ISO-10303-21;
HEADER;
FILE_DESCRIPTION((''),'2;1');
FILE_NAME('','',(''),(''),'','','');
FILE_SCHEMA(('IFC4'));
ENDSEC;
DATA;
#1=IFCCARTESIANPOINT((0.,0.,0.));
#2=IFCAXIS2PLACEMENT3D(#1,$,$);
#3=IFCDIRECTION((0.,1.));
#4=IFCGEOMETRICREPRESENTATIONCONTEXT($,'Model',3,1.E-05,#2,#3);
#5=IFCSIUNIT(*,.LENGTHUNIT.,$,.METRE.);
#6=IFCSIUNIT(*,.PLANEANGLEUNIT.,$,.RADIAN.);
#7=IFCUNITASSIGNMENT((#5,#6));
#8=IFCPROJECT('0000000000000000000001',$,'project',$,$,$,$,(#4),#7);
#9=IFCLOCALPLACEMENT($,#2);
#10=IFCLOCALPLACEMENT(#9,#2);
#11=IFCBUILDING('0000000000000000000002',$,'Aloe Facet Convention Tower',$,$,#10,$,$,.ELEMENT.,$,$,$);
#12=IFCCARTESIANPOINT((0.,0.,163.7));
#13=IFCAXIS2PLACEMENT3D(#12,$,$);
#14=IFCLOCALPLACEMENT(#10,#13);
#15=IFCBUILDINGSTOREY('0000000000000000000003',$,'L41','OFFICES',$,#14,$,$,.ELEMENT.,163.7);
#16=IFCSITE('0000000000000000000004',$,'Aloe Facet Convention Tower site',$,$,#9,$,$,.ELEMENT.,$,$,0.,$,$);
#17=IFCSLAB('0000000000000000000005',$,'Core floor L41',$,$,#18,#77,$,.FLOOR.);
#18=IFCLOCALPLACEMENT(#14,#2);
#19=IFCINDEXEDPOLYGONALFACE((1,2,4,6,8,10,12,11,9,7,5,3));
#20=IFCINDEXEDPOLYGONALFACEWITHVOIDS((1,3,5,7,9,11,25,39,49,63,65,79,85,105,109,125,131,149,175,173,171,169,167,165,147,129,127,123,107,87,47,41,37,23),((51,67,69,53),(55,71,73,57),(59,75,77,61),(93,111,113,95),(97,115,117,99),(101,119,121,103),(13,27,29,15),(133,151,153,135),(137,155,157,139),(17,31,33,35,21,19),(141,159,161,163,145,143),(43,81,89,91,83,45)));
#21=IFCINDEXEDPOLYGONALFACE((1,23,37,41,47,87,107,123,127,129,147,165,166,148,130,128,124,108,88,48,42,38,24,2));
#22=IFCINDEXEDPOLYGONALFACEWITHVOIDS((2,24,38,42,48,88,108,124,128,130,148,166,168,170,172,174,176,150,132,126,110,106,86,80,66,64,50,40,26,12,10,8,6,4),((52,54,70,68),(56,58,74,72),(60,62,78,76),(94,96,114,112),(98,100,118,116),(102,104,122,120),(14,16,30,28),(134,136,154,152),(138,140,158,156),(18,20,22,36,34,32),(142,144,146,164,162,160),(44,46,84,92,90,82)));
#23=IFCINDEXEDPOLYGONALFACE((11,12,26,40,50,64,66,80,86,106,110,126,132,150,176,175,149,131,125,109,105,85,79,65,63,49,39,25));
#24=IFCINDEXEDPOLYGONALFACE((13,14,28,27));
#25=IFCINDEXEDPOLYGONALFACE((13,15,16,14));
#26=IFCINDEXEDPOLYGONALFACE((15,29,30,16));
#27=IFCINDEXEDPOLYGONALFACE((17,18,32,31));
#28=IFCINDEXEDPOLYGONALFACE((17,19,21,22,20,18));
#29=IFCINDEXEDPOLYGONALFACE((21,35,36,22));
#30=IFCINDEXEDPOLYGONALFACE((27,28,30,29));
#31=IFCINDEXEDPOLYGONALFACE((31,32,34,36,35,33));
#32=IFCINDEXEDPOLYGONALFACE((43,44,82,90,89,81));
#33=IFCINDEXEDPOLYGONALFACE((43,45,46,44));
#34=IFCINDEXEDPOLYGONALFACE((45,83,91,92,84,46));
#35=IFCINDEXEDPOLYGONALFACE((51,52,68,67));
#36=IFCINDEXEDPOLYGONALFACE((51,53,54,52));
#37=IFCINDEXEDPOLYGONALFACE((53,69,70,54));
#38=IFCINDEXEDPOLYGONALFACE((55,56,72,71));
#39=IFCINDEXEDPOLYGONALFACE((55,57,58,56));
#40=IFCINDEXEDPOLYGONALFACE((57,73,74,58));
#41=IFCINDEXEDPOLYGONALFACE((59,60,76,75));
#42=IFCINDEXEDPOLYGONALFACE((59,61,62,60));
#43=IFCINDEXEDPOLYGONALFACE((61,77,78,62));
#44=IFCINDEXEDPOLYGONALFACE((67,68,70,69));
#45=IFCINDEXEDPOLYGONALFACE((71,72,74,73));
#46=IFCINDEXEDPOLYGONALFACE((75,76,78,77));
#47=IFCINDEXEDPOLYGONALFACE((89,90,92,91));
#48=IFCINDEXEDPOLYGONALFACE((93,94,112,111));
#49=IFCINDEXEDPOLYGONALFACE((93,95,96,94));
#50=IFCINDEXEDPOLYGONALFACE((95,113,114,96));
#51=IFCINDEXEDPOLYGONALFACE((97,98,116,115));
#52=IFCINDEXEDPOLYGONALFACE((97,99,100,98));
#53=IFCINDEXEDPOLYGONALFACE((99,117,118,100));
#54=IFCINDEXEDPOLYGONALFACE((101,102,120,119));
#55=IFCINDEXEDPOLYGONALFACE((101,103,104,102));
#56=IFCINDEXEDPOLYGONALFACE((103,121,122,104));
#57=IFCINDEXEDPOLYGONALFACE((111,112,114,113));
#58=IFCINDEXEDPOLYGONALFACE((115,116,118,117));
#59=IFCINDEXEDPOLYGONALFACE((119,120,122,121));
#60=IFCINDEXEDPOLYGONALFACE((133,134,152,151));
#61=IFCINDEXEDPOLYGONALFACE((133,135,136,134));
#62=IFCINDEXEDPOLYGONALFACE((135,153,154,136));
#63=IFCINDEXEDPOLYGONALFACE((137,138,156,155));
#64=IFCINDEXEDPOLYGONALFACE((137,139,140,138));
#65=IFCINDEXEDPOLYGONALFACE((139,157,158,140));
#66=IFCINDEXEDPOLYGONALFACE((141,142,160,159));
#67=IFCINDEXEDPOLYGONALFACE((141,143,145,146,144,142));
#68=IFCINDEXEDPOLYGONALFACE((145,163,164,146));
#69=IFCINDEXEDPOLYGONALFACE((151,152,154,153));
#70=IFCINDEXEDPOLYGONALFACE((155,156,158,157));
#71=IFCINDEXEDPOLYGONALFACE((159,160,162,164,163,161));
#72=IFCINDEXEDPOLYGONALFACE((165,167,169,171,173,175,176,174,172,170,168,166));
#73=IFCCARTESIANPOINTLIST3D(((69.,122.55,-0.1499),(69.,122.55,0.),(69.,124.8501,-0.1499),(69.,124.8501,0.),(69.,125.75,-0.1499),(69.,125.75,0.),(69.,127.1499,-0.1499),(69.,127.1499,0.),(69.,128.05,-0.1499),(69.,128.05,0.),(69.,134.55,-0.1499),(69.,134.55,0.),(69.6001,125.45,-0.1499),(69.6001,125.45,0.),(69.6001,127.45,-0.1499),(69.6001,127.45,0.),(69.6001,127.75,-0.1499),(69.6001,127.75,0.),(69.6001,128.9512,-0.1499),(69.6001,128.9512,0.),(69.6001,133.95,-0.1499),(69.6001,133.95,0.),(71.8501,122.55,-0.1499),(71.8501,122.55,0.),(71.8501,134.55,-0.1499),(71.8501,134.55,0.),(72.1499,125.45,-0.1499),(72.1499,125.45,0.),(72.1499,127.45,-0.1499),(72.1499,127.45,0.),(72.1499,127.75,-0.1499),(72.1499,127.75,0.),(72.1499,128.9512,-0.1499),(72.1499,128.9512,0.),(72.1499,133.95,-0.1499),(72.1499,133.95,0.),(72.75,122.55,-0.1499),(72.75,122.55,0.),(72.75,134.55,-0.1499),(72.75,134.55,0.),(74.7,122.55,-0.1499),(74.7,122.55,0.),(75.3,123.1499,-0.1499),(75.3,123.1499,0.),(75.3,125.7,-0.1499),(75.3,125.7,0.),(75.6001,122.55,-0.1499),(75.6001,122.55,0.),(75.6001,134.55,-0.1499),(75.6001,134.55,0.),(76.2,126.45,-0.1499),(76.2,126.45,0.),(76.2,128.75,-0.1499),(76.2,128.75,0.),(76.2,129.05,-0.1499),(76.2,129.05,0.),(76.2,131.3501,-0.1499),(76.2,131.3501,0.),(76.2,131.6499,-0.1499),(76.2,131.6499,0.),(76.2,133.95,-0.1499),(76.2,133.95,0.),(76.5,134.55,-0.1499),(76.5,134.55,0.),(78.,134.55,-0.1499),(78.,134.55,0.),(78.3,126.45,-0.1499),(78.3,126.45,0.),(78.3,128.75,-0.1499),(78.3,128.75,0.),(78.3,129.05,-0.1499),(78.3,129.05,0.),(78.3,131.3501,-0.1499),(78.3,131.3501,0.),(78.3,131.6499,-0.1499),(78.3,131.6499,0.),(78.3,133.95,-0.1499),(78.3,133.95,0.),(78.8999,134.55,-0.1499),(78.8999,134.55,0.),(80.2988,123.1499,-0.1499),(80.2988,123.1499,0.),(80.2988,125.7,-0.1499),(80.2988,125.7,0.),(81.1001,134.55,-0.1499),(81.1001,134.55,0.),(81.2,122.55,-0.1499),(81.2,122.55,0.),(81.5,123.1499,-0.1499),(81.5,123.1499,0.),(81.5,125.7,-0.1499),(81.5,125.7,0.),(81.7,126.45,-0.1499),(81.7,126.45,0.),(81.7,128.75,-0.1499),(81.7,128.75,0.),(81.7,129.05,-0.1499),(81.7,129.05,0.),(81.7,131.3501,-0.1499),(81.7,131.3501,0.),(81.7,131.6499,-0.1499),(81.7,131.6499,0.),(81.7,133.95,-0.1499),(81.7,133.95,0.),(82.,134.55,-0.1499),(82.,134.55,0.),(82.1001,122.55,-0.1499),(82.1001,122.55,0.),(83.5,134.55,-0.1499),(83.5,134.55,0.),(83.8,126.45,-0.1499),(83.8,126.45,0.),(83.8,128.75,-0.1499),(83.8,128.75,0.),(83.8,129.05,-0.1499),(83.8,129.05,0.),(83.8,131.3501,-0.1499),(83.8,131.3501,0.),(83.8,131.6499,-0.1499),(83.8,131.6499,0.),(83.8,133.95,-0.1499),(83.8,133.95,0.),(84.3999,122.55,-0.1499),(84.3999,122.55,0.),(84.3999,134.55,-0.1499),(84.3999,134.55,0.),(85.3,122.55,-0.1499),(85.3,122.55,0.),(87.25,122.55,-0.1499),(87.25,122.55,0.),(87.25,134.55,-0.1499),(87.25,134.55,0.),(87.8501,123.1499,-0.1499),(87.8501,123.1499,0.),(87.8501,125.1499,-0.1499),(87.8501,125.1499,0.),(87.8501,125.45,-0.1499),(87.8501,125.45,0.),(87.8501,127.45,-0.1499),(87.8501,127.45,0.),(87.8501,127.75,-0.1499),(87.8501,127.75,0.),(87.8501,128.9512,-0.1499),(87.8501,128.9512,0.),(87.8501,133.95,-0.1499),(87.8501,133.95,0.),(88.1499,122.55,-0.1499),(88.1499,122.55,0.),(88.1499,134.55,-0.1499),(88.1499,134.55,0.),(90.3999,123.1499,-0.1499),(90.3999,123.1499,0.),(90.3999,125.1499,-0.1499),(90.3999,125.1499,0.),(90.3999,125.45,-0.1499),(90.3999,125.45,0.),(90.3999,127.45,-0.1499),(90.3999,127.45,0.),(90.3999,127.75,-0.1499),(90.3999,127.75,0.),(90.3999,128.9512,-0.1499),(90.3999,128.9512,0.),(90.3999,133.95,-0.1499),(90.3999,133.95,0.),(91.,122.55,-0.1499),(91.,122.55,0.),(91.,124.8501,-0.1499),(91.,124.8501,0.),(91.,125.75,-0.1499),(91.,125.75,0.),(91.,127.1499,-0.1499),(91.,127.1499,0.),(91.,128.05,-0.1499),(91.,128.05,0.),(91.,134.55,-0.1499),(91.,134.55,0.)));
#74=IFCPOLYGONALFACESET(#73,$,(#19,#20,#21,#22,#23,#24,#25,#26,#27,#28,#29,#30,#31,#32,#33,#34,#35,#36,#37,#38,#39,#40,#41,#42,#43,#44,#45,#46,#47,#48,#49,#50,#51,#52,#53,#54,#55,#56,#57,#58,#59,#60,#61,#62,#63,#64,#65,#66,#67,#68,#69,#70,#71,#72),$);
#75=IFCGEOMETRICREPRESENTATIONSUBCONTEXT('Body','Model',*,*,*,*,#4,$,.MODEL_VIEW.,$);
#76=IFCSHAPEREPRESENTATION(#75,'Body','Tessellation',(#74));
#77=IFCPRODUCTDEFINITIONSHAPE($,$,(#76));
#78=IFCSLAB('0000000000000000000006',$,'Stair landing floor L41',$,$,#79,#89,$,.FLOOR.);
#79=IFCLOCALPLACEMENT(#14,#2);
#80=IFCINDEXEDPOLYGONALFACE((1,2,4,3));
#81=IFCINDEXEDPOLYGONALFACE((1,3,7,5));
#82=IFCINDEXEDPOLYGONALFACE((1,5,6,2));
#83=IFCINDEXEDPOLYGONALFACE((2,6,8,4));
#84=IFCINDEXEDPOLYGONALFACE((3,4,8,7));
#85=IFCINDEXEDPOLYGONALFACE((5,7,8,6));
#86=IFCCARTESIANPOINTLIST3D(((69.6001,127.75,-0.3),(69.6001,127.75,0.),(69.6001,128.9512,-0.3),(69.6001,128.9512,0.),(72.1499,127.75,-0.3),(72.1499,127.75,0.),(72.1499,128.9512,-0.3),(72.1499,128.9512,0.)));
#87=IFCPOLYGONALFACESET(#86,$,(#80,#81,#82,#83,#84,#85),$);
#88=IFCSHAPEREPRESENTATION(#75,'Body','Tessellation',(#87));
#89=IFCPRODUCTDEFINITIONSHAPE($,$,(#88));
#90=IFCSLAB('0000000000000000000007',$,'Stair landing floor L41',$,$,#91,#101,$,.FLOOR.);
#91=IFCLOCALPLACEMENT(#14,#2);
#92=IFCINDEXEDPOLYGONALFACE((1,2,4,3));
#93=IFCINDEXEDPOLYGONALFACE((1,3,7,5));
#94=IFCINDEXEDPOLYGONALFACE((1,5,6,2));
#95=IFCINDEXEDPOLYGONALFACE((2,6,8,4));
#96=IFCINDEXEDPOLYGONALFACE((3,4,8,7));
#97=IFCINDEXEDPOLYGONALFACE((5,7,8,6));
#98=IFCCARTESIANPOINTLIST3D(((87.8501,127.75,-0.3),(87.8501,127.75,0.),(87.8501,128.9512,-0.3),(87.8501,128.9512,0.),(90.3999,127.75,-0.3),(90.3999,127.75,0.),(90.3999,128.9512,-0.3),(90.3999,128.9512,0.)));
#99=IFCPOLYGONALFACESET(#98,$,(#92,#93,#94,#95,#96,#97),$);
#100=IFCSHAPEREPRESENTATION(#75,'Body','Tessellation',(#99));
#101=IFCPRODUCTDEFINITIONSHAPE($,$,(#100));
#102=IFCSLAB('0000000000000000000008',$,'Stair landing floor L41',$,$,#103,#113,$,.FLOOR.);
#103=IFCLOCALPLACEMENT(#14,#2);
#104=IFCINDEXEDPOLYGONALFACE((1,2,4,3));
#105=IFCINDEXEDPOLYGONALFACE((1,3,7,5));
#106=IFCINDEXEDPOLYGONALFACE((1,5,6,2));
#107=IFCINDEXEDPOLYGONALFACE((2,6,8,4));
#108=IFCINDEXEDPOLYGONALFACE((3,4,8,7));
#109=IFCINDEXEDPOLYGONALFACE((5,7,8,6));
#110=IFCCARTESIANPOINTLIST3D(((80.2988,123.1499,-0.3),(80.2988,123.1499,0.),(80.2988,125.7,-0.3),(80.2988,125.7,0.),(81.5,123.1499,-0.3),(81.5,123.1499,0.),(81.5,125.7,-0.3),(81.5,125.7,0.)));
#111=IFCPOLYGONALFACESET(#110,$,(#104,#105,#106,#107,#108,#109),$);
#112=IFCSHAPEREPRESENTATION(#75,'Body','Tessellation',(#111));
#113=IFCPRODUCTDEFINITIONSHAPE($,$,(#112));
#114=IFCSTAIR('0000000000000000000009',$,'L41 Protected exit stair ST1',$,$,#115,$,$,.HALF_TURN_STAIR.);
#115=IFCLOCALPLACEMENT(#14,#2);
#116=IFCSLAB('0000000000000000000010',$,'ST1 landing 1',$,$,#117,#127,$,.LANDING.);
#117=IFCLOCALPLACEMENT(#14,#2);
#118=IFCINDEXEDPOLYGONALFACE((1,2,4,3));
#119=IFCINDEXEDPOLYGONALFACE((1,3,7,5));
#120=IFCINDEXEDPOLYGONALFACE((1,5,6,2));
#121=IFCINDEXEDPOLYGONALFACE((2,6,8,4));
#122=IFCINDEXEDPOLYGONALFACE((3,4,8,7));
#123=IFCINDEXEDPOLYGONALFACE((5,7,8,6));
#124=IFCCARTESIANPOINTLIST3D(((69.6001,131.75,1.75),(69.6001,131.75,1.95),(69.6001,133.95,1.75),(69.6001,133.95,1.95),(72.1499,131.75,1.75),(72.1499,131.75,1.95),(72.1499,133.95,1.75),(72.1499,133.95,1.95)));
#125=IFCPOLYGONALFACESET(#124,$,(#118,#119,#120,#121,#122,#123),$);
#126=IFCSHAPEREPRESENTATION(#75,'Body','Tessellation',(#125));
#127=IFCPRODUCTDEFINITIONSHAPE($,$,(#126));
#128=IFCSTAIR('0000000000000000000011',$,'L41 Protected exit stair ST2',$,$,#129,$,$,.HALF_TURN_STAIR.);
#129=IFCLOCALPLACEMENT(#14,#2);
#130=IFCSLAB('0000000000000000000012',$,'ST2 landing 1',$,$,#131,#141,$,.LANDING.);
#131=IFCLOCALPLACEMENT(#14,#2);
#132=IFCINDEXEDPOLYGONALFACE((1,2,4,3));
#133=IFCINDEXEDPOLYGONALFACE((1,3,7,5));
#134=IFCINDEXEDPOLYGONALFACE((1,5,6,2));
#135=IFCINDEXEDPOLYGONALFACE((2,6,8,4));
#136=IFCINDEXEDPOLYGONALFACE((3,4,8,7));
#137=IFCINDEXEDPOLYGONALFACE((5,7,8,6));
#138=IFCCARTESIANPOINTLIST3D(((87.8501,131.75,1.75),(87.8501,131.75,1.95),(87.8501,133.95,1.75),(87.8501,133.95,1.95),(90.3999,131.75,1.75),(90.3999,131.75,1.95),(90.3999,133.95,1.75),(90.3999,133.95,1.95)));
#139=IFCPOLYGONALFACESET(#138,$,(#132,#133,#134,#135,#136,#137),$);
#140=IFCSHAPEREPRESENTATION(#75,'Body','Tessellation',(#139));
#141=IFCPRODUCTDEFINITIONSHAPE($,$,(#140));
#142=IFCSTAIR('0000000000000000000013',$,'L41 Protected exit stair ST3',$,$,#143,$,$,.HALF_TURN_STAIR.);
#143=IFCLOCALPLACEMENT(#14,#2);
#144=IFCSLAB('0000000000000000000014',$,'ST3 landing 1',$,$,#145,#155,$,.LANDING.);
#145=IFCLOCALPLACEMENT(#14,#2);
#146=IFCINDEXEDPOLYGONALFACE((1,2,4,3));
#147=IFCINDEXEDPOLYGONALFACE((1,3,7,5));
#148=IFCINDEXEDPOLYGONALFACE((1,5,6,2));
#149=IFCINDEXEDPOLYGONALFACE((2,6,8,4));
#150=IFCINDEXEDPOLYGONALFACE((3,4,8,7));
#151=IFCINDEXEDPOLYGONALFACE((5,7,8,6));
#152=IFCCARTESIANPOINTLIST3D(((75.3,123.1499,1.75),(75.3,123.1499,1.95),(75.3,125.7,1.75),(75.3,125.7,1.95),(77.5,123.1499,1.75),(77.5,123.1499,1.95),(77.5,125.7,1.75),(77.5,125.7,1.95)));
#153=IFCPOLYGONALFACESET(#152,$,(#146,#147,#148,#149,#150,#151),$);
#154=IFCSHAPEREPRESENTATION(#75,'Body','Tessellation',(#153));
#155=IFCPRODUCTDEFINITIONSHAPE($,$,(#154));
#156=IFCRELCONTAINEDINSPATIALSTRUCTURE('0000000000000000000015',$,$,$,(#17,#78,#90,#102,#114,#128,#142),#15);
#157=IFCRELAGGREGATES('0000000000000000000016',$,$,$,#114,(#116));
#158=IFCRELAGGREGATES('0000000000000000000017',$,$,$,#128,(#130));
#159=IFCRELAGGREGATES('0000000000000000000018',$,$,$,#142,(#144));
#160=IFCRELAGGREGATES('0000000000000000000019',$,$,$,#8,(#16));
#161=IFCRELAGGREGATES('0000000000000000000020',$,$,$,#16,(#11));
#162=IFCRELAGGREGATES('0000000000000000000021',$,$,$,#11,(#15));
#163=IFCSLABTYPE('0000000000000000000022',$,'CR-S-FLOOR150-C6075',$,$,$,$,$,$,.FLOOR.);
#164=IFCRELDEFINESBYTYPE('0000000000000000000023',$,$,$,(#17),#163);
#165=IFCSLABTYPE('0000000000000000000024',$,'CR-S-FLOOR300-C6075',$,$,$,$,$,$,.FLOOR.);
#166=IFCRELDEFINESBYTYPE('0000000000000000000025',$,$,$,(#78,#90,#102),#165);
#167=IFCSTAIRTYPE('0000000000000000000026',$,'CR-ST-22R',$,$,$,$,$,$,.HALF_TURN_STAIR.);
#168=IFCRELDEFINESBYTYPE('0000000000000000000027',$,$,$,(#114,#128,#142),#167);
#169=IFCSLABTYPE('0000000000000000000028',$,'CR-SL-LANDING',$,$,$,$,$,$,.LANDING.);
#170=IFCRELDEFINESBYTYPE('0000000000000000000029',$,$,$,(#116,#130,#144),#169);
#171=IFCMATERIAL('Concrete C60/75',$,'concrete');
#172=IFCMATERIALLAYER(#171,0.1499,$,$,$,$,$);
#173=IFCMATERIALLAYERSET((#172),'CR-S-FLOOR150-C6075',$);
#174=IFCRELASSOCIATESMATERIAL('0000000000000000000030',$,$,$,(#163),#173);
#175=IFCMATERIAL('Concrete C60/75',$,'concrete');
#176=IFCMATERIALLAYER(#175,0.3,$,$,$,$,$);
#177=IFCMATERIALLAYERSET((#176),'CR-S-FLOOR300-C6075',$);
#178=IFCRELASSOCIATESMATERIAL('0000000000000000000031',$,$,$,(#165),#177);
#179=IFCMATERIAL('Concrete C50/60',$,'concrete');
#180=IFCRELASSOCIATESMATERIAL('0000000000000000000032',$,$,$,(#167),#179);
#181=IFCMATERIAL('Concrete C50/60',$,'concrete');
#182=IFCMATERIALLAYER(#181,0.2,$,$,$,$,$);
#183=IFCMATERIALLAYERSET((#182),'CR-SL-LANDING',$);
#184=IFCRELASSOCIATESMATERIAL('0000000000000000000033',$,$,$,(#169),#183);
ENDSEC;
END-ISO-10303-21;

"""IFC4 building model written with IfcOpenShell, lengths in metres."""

from ifc_helpers import new_model, si_unit, direction, frame, origin, place, context, subcontext, project, spatial, polyline, outline, extrude, material, layer, layer_set, type_object, element, aggregate, save


model = new_model("IFC4")

# Units and contexts
model_context = context("Model", 3, precision=1e-05, world=origin(), true_north=direction((0.0, 1.0)))
body_context = subcontext(model_context, "Body", "Model", "MODEL_VIEW")
ifc_project = project(units=[si_unit("LENGTHUNIT", "METRE"), si_unit("PLANEANGLEUNIT", "RADIAN")], contexts=[model_context])

# Site, building, storey
site_placement = place(None, origin())
site = spatial("IfcSite", under=ifc_project, at=site_placement, Name="Aloe Facet Convention Tower site", CompositionType="ELEMENT", RefElevation=0.0)
building_placement = place(site_placement, origin())
building = spatial("IfcBuilding", under=site, at=building_placement, Name="Aloe Facet Convention Tower", CompositionType="ELEMENT")
storey_placement = place(building_placement, frame((0.0, 0.0, 163.7)))
storey = spatial("IfcBuildingStorey", under=building, at=storey_placement, Name="L41", Description="OFFICES", CompositionType="ELEMENT", Elevation=163.7)

# Slabs
ifc_material_1 = material(Name="Concrete C60/75", Category="concrete")
ifc_layer_1 = layer(ifc_material_1, 0.1499)
ifc_layer_set_1 = layer_set([ifc_layer_1], Name="CR-S-FLOOR150-C6075")
slab_type_1 = type_object("IfcSlabType", Name="CR-S-FLOOR150-C6075", PredefinedType="FLOOR", material=ifc_layer_set_1)
slab_1_placement = place(storey_placement, frame((0.0, 0.0, -0.1499)))
element("IfcSlab", 1, at=slab_1_placement, inside=storey, type_object=slab_type_1, Name="Core floor L41", PredefinedType="FLOOR", context=body_context, shape_type="SweptSolid", body=[
    extrude(outline(polyline([(71.8501, 134.55), (72.75, 134.55), (75.6001, 134.55), (76.5, 134.55), (78.0, 134.55), (78.8999, 134.55), (81.1001, 134.55), (82.0, 134.55), (83.5, 134.55), (84.3999, 134.55), (87.25, 134.55), (88.1499, 134.55), (91.0, 134.55), (91.0, 128.05), (91.0, 127.1499), (91.0, 125.75), (91.0, 124.8501), (91.0, 122.55), (88.1499, 122.55), (87.25, 122.55), (85.3, 122.55), (84.3999, 122.55), (82.1001, 122.55), (81.2, 122.55), (75.6001, 122.55), (74.7, 122.55), (72.75, 122.55), (71.8501, 122.55), (69.0, 122.55), (69.0, 124.8501), (69.0, 125.75), (69.0, 127.1499), (69.0, 128.05), (69.0, 134.55), (71.8501, 134.55)]), holes=[polyline([(80.2988, 123.1499), (81.5, 123.1499), (81.5, 125.7), (80.2988, 125.7), (75.3, 125.7), (75.3, 123.1499), (80.2988, 123.1499)]), polyline([(69.6001, 125.45), (72.1499, 125.45), (72.1499, 127.45), (69.6001, 127.45), (69.6001, 125.45)]), polyline([(76.2, 126.45), (78.3, 126.45), (78.3, 128.75), (76.2, 128.75), (76.2, 126.45)]), polyline([(78.3, 129.05), (78.3, 131.3501), (76.2, 131.3501), (76.2, 129.05), (78.3, 129.05)]), polyline([(69.6001, 133.95), (69.6001, 128.9512), (69.6001, 127.75), (72.1499, 127.75), (72.1499, 128.9512), (72.1499, 133.95), (69.6001, 133.95)]), polyline([(76.2, 131.6499), (78.3, 131.6499), (78.3, 133.95), (76.2, 133.95), (76.2, 131.6499)]), polyline([(90.3999, 123.1499), (90.3999, 125.1499), (87.8501, 125.1499), (87.8501, 123.1499), (90.3999, 123.1499)]), polyline([(87.8501, 125.45), (90.3999, 125.45), (90.3999, 127.45), (87.8501, 127.45), (87.8501, 125.45)]), polyline([(81.7, 126.45), (83.8, 126.45), (83.8, 128.75), (81.7, 128.75), (81.7, 126.45)]), polyline([(83.8, 129.05), (83.8, 131.3501), (81.7, 131.3501), (81.7, 129.05), (83.8, 129.05)]), polyline([(87.8501, 133.95), (87.8501, 128.9512), (87.8501, 127.75), (90.3999, 127.75), (90.3999, 128.9512), (90.3999, 133.95), (87.8501, 133.95)]), polyline([(81.7, 131.6499), (83.8, 131.6499), (83.8, 133.95), (81.7, 133.95), (81.7, 131.6499)])]), origin(), (0.0, 0.0, 1.0), 0.1499),
])
ifc_material_2 = material(Name="Concrete C60/75", Category="concrete")
ifc_layer_2 = layer(ifc_material_2, 0.3)
ifc_layer_set_2 = layer_set([ifc_layer_2], Name="CR-S-FLOOR300-C6075")
slab_type_2 = type_object("IfcSlabType", Name="CR-S-FLOOR300-C6075", PredefinedType="FLOOR", material=ifc_layer_set_2)
slab_2_placement = place(storey_placement, frame((0.0, 0.0, -0.3)))
element("IfcSlab", 2, at=slab_2_placement, inside=storey, type_object=slab_type_2, Name="Stair landing floor L41", PredefinedType="FLOOR", context=body_context, shape_type="SweptSolid", body=[
    extrude(outline(polyline([(72.1499, 127.75), (72.1499, 128.9512), (69.6001, 128.9512), (69.6001, 127.75), (72.1499, 127.75)])), origin(), (0.0, 0.0, 1.0), 0.3),
])
slab_3_placement = place(storey_placement, frame((0.0, 0.0, -0.3)))
element("IfcSlab", 3, at=slab_3_placement, inside=storey, type_object=slab_type_2, Name="Stair landing floor L41", PredefinedType="FLOOR", context=body_context, shape_type="SweptSolid", body=[
    extrude(outline(polyline([(90.3999, 127.75), (90.3999, 128.9512), (87.8501, 128.9512), (87.8501, 127.75), (90.3999, 127.75)])), origin(), (0.0, 0.0, 1.0), 0.3),
])
slab_4_placement = place(storey_placement, frame((0.0, 0.0, -0.3)))
element("IfcSlab", 4, at=slab_4_placement, inside=storey, type_object=slab_type_2, Name="Stair landing floor L41", PredefinedType="FLOOR", context=body_context, shape_type="SweptSolid", body=[
    extrude(outline(polyline([(81.5, 125.7), (80.2988, 125.7), (80.2988, 123.1499), (81.5, 123.1499), (81.5, 125.7)])), origin(), (0.0, 0.0, 1.0), 0.3),
])

# Stairs, slabs
ifc_material_3 = material(Name="Concrete C50/60", Category="concrete")
stair_type = type_object("IfcStairType", Name="CR-ST-22R", PredefinedType="HALF_TURN_STAIR", material=ifc_material_3)
stair_1_placement = place(storey_placement, origin())
stair_1 = element("IfcStair", 5, at=stair_1_placement, inside=storey, type_object=stair_type, Name="L41 Protected exit stair ST1", PredefinedType="HALF_TURN_STAIR")
ifc_material_4 = material(Name="Concrete C50/60", Category="concrete")
ifc_layer_3 = layer(ifc_material_4, 0.2)
ifc_layer_set_3 = layer_set([ifc_layer_3], Name="CR-SL-LANDING")
slab_type_3 = type_object("IfcSlabType", Name="CR-SL-LANDING", PredefinedType="LANDING", material=ifc_layer_set_3)
slab_5_placement = place(storey_placement, frame((0.0, 0.0, 1.75)))
slab_5 = element("IfcSlab", 6, at=slab_5_placement, type_object=slab_type_3, Name="ST1 landing 1", PredefinedType="LANDING", context=body_context, shape_type="SweptSolid", body=[
    extrude(outline(polyline([(72.1499, 131.75), (72.1499, 133.95), (69.6001, 133.95), (69.6001, 131.75), (72.1499, 131.75)])), origin(), (0.0, 0.0, 1.0), 0.2),
])
aggregate(stair_1, [slab_5])
stair_2_placement = place(storey_placement, origin())
stair_2 = element("IfcStair", 7, at=stair_2_placement, inside=storey, type_object=stair_type, Name="L41 Protected exit stair ST2", PredefinedType="HALF_TURN_STAIR")
slab_6_placement = place(storey_placement, frame((0.0, 0.0, 1.75)))
slab_6 = element("IfcSlab", 8, at=slab_6_placement, type_object=slab_type_3, Name="ST2 landing 1", PredefinedType="LANDING", context=body_context, shape_type="SweptSolid", body=[
    extrude(outline(polyline([(90.3999, 131.75), (90.3999, 133.95), (87.8501, 133.95), (87.8501, 131.75), (90.3999, 131.75)])), origin(), (0.0, 0.0, 1.0), 0.2),
])
aggregate(stair_2, [slab_6])
stair_3_placement = place(storey_placement, origin())
stair_3 = element("IfcStair", 9, at=stair_3_placement, inside=storey, type_object=stair_type, Name="L41 Protected exit stair ST3", PredefinedType="HALF_TURN_STAIR")
slab_7_placement = place(storey_placement, frame((0.0, 0.0, 1.75)))
slab_7 = element("IfcSlab", 10, at=slab_7_placement, type_object=slab_type_3, Name="ST3 landing 1", PredefinedType="LANDING", context=body_context, shape_type="SweptSolid", body=[
    extrude(outline(polyline([(77.5, 125.7), (75.3, 125.7), (75.3, 123.1499), (77.5, 123.1499), (77.5, 125.7)])), origin(), (0.0, 0.0, 1.0), 0.2),
])
aggregate(stair_3, [slab_7])

save(model, "model.ifc")
